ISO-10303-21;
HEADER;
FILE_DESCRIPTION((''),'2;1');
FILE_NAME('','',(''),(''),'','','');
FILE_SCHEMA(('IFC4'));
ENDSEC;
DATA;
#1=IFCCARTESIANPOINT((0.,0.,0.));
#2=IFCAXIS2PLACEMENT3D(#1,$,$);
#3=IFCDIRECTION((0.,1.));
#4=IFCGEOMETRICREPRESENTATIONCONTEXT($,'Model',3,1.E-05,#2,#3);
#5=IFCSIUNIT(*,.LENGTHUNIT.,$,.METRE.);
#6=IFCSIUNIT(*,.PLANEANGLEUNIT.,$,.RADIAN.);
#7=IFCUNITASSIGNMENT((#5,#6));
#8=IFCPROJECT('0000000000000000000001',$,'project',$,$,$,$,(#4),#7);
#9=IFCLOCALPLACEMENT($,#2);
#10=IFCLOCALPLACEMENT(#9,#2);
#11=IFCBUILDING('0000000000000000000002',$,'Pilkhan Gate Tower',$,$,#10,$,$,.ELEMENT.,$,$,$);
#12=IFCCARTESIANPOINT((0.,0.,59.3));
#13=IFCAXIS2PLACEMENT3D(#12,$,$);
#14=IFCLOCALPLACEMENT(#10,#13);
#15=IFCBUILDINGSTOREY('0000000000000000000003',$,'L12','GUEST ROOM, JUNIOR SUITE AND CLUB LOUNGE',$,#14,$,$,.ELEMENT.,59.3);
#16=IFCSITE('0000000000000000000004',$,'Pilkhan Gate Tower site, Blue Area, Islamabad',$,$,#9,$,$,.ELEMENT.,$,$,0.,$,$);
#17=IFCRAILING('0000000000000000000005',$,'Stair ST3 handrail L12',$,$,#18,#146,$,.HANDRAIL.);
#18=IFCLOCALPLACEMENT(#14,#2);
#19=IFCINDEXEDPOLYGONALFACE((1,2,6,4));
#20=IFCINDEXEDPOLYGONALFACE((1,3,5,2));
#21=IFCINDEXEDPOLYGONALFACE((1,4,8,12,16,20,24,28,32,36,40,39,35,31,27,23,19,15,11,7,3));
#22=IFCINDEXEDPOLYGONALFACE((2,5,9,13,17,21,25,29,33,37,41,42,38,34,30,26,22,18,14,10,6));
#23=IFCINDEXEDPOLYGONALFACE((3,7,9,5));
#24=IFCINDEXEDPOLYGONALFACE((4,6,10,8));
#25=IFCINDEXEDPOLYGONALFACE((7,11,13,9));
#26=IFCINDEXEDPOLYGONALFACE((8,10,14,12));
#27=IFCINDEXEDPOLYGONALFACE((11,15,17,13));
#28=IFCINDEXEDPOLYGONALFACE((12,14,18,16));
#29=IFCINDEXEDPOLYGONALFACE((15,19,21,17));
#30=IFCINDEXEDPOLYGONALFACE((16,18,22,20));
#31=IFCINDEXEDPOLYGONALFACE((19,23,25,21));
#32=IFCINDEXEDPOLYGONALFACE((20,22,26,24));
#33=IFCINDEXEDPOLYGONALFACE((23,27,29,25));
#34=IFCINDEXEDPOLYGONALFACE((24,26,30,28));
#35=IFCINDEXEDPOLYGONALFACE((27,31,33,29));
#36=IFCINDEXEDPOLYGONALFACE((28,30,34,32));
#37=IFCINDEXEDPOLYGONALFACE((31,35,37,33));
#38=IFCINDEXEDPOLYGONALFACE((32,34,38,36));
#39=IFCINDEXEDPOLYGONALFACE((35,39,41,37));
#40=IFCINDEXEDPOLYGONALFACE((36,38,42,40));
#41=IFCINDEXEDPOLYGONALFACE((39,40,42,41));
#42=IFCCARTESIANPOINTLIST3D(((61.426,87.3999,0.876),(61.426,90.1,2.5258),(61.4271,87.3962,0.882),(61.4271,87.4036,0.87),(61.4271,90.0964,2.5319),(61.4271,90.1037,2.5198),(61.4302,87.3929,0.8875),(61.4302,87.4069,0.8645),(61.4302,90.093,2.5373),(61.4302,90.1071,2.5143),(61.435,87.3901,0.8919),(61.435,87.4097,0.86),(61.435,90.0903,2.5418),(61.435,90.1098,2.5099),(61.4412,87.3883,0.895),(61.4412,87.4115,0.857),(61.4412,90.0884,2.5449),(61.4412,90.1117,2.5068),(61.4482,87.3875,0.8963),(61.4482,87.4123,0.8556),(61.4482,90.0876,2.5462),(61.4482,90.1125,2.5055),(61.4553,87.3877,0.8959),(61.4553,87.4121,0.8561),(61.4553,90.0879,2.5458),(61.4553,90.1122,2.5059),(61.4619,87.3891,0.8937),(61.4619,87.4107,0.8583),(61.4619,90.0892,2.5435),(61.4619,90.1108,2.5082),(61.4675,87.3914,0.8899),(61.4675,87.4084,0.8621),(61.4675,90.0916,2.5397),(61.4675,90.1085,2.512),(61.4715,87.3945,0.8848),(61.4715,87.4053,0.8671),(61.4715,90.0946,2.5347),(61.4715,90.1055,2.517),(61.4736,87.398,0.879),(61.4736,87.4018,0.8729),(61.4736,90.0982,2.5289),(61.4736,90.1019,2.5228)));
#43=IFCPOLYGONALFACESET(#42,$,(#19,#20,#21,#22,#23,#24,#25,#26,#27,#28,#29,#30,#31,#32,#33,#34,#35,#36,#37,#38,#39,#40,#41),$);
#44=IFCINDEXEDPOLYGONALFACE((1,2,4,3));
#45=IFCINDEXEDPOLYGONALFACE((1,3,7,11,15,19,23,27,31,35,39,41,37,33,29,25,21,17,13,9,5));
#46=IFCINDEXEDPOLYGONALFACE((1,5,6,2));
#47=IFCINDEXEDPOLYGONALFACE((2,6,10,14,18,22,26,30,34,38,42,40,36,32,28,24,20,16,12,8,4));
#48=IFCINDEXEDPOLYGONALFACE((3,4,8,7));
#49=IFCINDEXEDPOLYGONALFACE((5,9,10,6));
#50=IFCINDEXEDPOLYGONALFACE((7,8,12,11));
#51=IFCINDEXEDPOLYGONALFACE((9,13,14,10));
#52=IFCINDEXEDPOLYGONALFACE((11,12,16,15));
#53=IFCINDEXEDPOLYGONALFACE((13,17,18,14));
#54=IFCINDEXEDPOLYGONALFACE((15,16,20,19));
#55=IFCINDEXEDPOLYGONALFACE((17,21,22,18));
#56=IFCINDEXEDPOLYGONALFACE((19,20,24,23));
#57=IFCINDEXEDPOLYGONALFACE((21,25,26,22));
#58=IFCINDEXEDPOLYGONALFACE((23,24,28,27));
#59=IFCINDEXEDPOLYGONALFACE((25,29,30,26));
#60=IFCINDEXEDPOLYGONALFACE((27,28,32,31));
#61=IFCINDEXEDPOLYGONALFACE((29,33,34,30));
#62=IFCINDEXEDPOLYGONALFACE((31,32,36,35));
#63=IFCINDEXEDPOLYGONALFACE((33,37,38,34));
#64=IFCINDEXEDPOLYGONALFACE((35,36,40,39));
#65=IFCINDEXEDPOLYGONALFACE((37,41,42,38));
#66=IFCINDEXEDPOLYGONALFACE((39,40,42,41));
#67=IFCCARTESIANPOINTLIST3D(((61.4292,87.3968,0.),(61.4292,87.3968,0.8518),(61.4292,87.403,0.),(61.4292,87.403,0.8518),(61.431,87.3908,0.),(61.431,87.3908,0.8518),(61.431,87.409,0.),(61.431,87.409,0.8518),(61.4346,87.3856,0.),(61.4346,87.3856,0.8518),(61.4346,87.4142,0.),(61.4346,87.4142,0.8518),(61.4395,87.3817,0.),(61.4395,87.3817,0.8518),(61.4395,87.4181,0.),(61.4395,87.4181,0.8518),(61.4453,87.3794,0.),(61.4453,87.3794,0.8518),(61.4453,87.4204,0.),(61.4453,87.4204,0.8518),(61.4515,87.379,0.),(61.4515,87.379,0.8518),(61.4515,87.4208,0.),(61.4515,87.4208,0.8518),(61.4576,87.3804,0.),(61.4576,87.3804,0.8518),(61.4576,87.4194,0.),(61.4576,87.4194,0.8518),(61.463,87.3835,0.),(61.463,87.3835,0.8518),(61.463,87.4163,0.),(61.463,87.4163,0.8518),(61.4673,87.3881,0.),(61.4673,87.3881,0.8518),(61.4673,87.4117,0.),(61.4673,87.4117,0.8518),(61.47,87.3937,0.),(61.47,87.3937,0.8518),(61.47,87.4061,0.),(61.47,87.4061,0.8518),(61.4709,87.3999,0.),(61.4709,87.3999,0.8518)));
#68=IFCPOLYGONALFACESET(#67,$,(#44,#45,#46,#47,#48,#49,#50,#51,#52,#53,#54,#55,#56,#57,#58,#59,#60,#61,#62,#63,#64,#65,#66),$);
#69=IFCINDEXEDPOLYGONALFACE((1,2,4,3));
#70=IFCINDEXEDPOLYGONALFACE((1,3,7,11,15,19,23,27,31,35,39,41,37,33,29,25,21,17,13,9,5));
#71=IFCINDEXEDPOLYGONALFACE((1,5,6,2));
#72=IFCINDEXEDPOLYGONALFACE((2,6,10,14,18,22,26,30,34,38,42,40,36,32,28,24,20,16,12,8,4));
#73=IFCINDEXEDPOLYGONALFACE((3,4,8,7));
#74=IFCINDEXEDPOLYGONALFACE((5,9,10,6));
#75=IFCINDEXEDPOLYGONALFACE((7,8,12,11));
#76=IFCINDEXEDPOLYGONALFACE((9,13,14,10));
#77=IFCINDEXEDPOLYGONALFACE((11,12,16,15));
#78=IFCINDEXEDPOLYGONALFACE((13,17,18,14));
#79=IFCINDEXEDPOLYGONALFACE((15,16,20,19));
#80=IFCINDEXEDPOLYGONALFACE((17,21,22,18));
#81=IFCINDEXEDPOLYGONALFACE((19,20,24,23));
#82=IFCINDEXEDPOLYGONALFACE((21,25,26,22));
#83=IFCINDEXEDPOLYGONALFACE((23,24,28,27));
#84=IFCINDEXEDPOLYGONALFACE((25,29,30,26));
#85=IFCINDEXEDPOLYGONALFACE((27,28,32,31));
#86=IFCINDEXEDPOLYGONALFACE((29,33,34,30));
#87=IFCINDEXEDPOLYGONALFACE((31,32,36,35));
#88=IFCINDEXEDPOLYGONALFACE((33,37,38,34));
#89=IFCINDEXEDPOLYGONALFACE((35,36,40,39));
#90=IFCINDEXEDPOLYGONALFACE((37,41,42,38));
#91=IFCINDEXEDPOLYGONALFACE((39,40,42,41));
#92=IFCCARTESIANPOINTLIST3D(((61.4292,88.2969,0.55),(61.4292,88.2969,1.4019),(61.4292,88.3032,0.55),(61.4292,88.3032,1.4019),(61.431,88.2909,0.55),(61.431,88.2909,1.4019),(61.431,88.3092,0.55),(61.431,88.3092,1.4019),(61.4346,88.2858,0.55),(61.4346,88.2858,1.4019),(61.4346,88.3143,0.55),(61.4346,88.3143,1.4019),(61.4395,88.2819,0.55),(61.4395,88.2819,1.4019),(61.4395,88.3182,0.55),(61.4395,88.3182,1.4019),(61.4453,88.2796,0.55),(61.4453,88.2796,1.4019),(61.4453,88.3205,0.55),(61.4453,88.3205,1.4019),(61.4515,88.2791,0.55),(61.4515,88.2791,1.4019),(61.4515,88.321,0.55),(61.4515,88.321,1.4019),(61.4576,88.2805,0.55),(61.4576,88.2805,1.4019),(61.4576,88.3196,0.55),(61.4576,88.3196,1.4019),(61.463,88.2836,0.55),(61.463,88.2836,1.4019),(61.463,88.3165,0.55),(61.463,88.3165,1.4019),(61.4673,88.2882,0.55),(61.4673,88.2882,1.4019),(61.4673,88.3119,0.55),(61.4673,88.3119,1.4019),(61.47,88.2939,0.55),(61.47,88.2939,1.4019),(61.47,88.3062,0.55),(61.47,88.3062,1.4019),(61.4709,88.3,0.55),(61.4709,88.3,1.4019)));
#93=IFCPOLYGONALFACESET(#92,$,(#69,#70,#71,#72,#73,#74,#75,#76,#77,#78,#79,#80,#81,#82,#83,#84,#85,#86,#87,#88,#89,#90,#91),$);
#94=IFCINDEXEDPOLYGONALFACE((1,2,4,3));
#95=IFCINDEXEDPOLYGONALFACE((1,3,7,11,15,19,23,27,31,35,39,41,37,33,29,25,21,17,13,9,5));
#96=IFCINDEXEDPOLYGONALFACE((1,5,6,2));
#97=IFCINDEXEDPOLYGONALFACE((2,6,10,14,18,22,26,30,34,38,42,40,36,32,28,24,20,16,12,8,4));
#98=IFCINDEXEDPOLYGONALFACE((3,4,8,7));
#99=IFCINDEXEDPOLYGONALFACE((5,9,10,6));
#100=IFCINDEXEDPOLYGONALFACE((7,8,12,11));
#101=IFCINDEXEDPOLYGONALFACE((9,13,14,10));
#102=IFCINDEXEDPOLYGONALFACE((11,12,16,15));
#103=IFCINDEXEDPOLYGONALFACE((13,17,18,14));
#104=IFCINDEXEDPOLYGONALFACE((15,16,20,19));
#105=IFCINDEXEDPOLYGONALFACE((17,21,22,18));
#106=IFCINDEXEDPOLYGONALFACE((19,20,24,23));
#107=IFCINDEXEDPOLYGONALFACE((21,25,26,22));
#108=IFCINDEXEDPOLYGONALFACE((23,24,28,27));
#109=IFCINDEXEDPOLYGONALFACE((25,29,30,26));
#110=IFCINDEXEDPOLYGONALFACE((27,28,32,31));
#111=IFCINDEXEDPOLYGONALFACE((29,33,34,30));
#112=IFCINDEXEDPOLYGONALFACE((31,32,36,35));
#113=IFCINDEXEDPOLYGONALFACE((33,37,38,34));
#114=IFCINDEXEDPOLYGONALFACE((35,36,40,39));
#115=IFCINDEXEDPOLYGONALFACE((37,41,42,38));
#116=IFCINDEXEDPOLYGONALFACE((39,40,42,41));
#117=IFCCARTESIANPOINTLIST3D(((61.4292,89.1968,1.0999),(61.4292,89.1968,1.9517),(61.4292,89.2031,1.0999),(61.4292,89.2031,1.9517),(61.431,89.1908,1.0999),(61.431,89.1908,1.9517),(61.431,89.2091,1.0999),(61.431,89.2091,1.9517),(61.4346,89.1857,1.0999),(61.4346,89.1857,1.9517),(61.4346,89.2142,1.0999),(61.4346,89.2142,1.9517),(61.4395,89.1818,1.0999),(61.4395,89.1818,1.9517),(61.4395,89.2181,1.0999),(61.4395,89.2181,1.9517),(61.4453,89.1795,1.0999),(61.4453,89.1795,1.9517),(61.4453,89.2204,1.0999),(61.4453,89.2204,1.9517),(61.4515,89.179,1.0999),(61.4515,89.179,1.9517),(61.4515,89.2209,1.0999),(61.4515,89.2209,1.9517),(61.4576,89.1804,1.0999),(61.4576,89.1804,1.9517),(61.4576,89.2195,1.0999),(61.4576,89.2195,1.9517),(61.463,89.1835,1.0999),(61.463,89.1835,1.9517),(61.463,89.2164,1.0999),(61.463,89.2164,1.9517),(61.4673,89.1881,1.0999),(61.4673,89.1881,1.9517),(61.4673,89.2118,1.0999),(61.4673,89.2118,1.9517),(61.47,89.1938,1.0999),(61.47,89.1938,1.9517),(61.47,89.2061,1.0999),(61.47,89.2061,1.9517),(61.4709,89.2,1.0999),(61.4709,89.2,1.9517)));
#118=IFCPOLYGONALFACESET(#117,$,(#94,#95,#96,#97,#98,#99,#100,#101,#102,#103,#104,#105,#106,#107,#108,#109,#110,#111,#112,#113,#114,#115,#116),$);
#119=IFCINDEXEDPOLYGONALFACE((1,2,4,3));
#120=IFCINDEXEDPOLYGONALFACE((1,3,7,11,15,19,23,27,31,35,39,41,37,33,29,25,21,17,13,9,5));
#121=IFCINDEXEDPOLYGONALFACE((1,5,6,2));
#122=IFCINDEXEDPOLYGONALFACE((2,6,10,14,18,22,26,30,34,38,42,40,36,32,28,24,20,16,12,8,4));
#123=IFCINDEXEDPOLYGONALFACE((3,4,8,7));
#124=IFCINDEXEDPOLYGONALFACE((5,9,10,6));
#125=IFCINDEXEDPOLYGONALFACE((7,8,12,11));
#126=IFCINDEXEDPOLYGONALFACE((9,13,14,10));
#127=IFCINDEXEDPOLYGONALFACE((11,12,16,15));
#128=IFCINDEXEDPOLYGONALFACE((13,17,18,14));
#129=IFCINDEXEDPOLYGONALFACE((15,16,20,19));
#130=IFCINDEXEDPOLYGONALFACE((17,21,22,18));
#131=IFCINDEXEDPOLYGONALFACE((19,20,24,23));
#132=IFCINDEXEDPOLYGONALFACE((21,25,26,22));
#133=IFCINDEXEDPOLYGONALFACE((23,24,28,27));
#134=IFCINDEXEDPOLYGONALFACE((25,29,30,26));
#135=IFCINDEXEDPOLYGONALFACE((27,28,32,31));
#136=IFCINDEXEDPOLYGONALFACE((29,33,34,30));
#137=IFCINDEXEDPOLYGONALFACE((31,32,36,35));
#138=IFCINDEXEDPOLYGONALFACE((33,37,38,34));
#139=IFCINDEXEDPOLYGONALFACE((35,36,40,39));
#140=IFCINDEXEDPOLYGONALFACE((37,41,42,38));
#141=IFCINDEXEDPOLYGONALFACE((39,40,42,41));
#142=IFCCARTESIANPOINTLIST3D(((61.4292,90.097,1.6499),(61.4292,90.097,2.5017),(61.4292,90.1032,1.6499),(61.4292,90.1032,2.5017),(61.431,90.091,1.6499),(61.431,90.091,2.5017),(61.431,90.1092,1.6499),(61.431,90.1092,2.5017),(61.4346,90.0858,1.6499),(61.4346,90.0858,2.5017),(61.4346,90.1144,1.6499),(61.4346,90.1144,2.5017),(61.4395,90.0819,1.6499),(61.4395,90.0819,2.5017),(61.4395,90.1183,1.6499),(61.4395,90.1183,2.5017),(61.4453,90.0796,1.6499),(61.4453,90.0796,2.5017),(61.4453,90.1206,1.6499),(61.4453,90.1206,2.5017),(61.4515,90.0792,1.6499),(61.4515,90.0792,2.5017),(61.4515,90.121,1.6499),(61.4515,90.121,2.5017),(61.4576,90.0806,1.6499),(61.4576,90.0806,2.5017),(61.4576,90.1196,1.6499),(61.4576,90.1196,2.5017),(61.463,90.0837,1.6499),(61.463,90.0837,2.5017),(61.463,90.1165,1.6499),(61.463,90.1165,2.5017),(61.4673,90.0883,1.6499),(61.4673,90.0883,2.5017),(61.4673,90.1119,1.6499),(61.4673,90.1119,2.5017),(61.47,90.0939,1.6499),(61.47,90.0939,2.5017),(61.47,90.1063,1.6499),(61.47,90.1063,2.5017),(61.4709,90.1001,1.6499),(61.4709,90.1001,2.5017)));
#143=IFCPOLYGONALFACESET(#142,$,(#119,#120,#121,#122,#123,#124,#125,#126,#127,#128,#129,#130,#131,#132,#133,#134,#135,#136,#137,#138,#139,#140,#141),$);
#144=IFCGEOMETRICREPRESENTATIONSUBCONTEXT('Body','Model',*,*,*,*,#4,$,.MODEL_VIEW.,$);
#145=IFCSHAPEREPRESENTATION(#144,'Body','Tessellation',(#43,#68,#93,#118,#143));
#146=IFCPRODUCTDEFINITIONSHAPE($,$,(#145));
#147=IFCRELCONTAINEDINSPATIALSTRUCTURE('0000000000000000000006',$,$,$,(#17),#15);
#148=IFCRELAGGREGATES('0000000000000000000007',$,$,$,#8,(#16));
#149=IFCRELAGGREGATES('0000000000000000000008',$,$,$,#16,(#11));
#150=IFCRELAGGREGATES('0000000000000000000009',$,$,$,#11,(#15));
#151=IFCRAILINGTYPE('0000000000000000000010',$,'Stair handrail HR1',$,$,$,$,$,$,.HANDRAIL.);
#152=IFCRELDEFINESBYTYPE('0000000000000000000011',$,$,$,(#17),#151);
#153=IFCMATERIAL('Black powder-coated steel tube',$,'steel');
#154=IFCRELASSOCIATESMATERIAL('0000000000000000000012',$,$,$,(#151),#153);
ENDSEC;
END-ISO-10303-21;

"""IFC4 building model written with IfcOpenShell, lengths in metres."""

from ifc_helpers import new_model, si_unit, direction, frame, origin, origin_2d, place, context, subcontext, project, spatial, circle, extrude, material, type_object, element, save


model = new_model("IFC4")

# Units and contexts
model_context = context("Model", 3, precision=1e-05, world=origin(), true_north=direction((0.0, 1.0)))
body_context = subcontext(model_context, "Body", "Model", "MODEL_VIEW")
ifc_project = project(units=[si_unit("LENGTHUNIT", "METRE"), si_unit("PLANEANGLEUNIT", "RADIAN")], contexts=[model_context])

# Site, building, storey
site_placement = place(None, origin())
site = spatial("IfcSite", under=ifc_project, at=site_placement, Name="Pilkhan Gate Tower site, Blue Area, Islamabad", CompositionType="ELEMENT", RefElevation=0.0)
building_placement = place(site_placement, origin())
building = spatial("IfcBuilding", under=site, at=building_placement, Name="Pilkhan Gate Tower", CompositionType="ELEMENT")
storey_placement = place(building_placement, frame((0.0, 0.0, 59.3)))
storey = spatial("IfcBuildingStorey", under=building, at=storey_placement, Name="L12", Description="GUEST ROOM, JUNIOR SUITE AND CLUB LOUNGE", CompositionType="ELEMENT", Elevation=59.3)

# Railing
ifc_material_1 = material(Name="Black powder-coated steel tube", Category="steel")
railing_type_1 = type_object("IfcRailingType", Name="Stair handrail HR1", PredefinedType="HANDRAIL", material=ifc_material_1)
railing_1_placement = place(storey_placement, frame((61.45, 87.3999, 0.0)))
element("IfcRailing", 1, at=railing_1_placement, inside=storey, type_object=railing_type_1, Name="Stair ST3 handrail L12", PredefinedType="HANDRAIL", context=body_context, shape_type="SweptSolid", body=[
    extrude(circle(Radius=0.0239, at=origin_2d()), frame((0.0, 0.0, 0.876), z_axis=(0.0, 0.853312, 0.5214), x_axis=(-1.0, 0.0, 0.0)), (0.0, 0.0, 1.0), 3.1643),
    extrude(circle(Radius=0.021, at=origin_2d()), origin(), (0.0, 0.0, 1.0), 0.8518),
    extrude(circle(Radius=0.021, at=origin_2d()), frame((0.0, 0.9001, 0.55)), (0.0, 0.0, 1.0), 0.8518),
    extrude(circle(Radius=0.021, at=origin_2d()), frame((0.0, 1.8, 1.0999)), (0.0, 0.0, 1.0), 0.8518),
    extrude(circle(Radius=0.021, at=origin_2d()), frame((0.0, 2.7002, 1.6499)), (0.0, 0.0, 1.0), 0.8518),
])

save(model, "model.ifc")
